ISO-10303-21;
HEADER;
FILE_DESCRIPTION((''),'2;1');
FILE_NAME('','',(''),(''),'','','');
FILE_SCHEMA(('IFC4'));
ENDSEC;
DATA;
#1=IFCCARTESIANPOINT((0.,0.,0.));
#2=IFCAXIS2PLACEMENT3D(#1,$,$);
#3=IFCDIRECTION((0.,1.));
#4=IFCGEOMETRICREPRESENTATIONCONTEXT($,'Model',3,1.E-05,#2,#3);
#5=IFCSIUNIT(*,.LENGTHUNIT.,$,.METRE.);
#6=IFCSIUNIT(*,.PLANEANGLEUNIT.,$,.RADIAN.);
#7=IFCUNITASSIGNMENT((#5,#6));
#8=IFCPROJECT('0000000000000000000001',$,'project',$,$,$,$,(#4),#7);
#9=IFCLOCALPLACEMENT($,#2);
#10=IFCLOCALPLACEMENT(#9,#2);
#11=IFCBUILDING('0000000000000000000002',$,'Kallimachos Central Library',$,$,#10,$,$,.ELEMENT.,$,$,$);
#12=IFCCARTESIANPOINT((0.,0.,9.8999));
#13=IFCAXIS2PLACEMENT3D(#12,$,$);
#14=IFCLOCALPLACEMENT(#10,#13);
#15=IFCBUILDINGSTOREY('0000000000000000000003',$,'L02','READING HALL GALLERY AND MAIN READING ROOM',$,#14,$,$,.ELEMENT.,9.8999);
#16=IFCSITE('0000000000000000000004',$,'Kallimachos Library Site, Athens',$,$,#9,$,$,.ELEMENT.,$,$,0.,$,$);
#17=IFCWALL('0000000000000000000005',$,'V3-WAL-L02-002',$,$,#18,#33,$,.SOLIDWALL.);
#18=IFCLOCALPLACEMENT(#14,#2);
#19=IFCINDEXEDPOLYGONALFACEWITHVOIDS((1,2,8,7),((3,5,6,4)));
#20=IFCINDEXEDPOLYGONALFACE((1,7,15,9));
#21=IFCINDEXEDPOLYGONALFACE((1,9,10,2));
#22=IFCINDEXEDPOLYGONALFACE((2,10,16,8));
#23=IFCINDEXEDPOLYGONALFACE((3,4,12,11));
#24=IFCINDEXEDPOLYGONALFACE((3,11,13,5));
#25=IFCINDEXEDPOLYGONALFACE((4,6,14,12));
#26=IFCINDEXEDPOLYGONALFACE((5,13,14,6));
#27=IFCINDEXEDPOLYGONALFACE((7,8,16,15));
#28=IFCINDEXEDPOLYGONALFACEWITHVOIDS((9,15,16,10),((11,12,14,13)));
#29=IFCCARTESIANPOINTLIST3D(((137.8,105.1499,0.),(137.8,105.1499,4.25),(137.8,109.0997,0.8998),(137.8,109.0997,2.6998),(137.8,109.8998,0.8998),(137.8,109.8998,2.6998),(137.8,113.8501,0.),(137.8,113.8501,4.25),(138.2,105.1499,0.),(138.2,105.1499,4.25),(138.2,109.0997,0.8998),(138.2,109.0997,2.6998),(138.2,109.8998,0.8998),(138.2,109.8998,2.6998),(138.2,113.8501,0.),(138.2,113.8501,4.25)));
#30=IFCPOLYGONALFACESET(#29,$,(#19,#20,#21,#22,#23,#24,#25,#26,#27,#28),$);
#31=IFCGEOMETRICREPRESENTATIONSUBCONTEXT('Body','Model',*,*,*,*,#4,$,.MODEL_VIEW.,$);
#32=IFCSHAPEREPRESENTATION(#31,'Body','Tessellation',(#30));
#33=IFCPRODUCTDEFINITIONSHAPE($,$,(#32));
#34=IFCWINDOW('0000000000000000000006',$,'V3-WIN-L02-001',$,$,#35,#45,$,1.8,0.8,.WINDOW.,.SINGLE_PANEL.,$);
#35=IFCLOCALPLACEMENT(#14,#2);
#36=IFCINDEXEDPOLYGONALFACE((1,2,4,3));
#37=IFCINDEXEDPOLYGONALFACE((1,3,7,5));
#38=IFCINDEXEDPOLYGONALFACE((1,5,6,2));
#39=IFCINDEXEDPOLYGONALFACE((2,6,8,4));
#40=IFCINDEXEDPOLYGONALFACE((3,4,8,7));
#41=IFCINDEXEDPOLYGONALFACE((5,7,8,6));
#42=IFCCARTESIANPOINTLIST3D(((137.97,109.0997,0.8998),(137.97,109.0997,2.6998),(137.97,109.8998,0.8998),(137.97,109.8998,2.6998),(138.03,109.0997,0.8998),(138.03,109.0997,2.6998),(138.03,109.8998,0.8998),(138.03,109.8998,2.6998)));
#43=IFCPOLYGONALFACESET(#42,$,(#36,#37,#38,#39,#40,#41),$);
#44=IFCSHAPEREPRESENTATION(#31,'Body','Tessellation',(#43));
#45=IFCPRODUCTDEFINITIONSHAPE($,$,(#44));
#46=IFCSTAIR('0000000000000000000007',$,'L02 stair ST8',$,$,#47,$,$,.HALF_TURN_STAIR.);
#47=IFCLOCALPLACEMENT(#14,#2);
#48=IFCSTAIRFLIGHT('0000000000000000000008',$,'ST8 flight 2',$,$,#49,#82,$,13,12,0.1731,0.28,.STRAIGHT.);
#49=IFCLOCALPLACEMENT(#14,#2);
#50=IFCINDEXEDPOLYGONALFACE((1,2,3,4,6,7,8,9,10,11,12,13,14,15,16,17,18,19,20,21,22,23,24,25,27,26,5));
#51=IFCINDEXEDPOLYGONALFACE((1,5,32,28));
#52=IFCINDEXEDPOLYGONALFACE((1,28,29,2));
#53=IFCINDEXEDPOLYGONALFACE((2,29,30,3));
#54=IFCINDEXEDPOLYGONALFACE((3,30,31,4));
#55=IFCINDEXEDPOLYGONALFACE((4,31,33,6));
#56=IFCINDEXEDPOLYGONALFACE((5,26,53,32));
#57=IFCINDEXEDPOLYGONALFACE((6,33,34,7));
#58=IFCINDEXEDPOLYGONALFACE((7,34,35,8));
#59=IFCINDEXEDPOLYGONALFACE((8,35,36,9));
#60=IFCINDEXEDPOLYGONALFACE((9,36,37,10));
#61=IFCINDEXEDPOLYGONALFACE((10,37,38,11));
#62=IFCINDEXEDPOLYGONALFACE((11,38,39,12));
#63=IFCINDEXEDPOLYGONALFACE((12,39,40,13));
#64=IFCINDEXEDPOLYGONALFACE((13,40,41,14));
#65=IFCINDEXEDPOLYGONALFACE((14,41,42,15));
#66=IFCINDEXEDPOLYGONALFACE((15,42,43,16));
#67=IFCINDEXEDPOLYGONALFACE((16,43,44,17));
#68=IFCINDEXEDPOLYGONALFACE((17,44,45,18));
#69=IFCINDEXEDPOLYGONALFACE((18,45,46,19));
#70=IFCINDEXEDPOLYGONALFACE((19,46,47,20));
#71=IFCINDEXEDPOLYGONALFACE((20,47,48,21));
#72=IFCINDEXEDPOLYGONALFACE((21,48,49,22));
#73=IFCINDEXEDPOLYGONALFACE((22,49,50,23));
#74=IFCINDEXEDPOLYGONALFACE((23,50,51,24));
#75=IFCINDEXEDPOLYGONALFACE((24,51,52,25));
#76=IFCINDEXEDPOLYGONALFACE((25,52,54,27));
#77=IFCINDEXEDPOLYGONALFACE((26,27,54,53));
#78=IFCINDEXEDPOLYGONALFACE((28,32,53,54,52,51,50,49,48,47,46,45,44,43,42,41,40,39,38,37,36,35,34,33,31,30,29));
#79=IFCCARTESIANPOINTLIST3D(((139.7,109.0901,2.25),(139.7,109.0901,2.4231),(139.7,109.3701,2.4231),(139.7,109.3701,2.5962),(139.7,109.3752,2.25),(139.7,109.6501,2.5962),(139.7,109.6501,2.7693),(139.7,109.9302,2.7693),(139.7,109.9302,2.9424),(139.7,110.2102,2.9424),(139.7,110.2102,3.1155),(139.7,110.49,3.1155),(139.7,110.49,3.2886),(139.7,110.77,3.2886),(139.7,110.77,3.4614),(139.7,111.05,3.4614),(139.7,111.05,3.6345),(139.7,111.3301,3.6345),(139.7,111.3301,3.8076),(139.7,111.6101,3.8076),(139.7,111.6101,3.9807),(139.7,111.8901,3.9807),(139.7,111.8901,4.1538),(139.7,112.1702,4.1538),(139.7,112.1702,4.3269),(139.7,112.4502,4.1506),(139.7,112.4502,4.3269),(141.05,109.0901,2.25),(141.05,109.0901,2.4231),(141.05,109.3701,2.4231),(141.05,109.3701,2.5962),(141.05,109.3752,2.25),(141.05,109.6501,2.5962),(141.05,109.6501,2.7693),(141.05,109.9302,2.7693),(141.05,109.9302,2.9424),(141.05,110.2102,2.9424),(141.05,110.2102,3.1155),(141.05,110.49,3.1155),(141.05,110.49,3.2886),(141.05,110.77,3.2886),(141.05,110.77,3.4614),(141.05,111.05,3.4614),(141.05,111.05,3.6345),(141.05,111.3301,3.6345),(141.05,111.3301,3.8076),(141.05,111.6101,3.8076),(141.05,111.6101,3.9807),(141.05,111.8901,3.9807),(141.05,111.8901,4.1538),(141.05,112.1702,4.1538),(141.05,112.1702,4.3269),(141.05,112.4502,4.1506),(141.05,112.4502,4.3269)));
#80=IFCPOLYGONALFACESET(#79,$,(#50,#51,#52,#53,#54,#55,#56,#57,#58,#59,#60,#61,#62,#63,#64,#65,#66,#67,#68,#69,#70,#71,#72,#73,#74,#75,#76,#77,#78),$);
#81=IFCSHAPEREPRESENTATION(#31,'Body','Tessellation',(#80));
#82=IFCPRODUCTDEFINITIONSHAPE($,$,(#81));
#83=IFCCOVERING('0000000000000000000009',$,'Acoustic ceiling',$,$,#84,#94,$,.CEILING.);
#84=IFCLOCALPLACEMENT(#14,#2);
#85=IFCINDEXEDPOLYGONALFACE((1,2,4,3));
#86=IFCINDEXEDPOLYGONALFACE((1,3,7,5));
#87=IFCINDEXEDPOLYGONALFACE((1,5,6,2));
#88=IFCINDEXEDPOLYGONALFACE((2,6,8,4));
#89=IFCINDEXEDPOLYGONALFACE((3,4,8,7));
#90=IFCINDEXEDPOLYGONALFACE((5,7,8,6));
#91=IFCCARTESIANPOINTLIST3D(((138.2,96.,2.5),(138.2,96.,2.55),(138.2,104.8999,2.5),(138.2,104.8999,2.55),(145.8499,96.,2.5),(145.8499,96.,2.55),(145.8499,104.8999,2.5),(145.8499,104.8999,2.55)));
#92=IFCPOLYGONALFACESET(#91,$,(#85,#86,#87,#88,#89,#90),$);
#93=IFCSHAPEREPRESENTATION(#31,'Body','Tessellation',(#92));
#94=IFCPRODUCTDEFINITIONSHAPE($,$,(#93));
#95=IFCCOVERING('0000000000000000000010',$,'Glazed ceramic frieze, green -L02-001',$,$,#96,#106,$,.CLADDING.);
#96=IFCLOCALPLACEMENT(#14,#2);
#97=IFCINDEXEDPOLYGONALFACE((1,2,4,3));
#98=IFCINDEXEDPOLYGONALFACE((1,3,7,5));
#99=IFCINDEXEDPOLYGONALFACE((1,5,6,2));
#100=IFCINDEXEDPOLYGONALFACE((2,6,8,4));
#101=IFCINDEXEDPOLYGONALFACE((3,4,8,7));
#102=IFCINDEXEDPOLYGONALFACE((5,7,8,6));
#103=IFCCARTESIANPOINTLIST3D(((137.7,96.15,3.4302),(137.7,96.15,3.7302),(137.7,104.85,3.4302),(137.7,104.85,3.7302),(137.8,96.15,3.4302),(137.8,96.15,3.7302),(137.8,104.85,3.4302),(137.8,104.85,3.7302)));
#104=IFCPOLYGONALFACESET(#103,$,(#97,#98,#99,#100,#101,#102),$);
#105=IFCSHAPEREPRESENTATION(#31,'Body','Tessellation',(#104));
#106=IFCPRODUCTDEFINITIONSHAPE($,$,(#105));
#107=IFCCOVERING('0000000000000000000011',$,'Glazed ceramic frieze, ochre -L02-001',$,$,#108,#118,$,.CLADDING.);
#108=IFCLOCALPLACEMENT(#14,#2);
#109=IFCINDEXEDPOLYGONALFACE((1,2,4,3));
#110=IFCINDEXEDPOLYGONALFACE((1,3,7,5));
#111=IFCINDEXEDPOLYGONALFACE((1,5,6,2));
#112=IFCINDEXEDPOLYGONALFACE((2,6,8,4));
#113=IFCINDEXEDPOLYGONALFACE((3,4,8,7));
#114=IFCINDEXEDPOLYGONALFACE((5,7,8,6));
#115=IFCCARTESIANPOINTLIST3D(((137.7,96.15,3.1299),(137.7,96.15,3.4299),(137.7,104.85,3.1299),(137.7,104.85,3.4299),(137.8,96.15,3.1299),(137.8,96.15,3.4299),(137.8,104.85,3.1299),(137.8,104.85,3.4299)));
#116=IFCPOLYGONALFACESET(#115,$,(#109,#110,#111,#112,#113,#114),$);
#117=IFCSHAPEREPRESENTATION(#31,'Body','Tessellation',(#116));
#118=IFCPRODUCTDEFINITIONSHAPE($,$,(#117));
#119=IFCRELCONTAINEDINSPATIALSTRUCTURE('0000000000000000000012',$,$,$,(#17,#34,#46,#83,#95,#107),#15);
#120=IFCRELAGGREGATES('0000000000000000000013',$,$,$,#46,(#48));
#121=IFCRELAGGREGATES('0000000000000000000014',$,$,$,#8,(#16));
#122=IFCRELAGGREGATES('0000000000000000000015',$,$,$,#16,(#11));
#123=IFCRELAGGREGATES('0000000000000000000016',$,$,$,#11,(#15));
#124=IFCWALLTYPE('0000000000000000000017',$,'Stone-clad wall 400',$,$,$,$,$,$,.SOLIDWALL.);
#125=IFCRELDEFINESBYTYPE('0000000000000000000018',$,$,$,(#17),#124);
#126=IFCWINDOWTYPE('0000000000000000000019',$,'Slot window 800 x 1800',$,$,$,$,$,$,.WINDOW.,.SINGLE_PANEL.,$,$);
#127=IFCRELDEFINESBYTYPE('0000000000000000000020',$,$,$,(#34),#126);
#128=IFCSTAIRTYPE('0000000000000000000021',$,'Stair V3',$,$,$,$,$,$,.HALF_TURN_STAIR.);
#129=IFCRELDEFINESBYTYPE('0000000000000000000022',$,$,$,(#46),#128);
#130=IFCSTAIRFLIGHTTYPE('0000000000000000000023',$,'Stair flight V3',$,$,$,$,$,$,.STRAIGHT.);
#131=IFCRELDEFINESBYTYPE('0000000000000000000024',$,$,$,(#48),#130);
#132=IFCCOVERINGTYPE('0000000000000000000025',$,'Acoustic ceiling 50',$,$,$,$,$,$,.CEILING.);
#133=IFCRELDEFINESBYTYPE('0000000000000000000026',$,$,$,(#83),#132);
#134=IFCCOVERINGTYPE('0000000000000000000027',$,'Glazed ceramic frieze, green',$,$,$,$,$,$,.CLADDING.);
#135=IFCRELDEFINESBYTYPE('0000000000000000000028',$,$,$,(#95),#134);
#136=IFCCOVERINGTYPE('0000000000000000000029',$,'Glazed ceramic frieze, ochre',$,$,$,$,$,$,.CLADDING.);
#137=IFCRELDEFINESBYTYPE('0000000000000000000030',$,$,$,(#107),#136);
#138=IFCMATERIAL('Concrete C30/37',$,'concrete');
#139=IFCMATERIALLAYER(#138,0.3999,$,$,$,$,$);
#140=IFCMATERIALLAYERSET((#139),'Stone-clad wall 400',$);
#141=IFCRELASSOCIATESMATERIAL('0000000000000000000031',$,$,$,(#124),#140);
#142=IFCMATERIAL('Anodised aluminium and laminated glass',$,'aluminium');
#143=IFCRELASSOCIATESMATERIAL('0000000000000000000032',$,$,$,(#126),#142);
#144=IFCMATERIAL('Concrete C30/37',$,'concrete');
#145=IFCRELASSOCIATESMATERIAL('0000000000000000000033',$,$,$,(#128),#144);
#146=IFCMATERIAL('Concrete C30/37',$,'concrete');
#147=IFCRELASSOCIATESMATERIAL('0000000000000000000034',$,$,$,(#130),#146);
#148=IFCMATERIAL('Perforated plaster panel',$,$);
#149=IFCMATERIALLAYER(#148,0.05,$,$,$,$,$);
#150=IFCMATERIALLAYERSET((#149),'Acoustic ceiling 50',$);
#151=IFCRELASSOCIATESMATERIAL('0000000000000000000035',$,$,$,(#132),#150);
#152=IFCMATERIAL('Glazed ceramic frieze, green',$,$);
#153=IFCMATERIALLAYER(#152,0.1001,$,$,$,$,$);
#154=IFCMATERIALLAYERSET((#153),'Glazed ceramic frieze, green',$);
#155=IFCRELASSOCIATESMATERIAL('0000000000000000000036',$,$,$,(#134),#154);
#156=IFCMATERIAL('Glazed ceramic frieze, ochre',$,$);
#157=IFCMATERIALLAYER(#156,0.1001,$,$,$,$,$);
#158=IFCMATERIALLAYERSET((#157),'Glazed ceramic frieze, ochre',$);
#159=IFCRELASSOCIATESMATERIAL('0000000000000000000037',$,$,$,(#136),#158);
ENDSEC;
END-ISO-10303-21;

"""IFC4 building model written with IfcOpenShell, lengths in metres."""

from ifc_helpers import new_model, si_unit, direction, frame, frame_2d, origin, origin_2d, place, context, subcontext, project, spatial, polyline, rectangle, outline, extrude, material, layer, layer_set, type_object, element, fill, aggregate, save


model = new_model("IFC4")

# Units and contexts
model_context = context("Model", 3, precision=1e-05, world=origin(), true_north=direction((0.0, 1.0)))
body_context = subcontext(model_context, "Body", "Model", "MODEL_VIEW")
ifc_project = project(units=[si_unit("LENGTHUNIT", "METRE"), si_unit("PLANEANGLEUNIT", "RADIAN")], contexts=[model_context])

# Site, building, storey
site_placement = place(None, origin())
site = spatial("IfcSite", under=ifc_project, at=site_placement, Name="Kallimachos Library Site, Athens", CompositionType="ELEMENT", RefElevation=0.0)
building_placement = place(site_placement, origin())
building = spatial("IfcBuilding", under=site, at=building_placement, Name="Kallimachos Central Library", CompositionType="ELEMENT")
storey_placement = place(building_placement, frame((0.0, 0.0, 9.8999)))
storey = spatial("IfcBuildingStorey", under=building, at=storey_placement, Name="L02", Description="READING HALL GALLERY AND MAIN READING ROOM", CompositionType="ELEMENT", Elevation=9.8999)

# Wall, opening, window
ifc_material_1 = material(Name="Concrete C30/37", Category="concrete")
ifc_layer_1 = layer(ifc_material_1, 0.3999)
ifc_layer_set_1 = layer_set([ifc_layer_1], Name="Stone-clad wall 400")
wall_type_1 = type_object("IfcWallType", Name="Stone-clad wall 400", PredefinedType="SOLIDWALL", material=ifc_layer_set_1)
wall_1_placement = place(storey_placement, frame((138.0, 105.1499, 0.0), z_axis=(0.0, 0.0, 1.0), x_axis=(0.0, 1.0, 0.0)))
wall_1 = element("IfcWall", 1, at=wall_1_placement, inside=storey, type_object=wall_type_1, Name="V3-WAL-L02-002", PredefinedType="SOLIDWALL", context=body_context, shape_type="SweptSolid", body=[
    extrude(rectangle(XDim=8.7002, YDim=0.3999, at=frame_2d((4.3501, 0.0))), origin(), (0.0, 0.0, 1.0), 4.25),
])
opening_1_placement = place(wall_1_placement, frame((3.95, 0.0, 0.8999)))
opening_1 = element("IfcOpeningElement", 2, at=opening_1_placement, cuts=wall_1, PredefinedType="OPENING", context=body_context, shape_type="SweptSolid", body=[
    extrude(rectangle(XDim=0.8, YDim=1.8, at=frame_2d((0.3999, 0.8999))), frame((0.0, 0.21, 0.0), z_axis=(0.0, -1.0, 0.0), x_axis=(1.0, 0.0, 0.0)), (0.0, 0.0, 1.0), 0.4199),
])
ifc_material_2 = material(Name="Anodised aluminium and laminated glass", Category="aluminium")
window_type = type_object("IfcWindowType", Name="Slot window 800 x 1800", PartitioningType="SINGLE_PANEL", PredefinedType="WINDOW", material=ifc_material_2)
window_placement = place(opening_1_placement, origin())
window = element("IfcWindow", 3, at=window_placement, inside=storey, type_object=window_type, Name="V3-WIN-L02-001", OverallHeight=1.8, OverallWidth=0.8, PartitioningType="SINGLE_PANEL", PredefinedType="WINDOW", context=body_context, shape_type="SweptSolid", body=[
    extrude(rectangle(XDim=0.8, YDim=1.8, at=frame_2d((0.3999, 0.8999))), frame((0.0, 0.03, 0.0), z_axis=(0.0, -1.0, 0.0), x_axis=(1.0, 0.0, 0.0)), (0.0, 0.0, 1.0), 0.0601),
])
fill(opening_1, window)

# Stair, stair flight
ifc_material_3 = material(Name="Concrete C30/37", Category="concrete")
stair_type = type_object("IfcStairType", Name="Stair V3", PredefinedType="HALF_TURN_STAIR", material=ifc_material_3)
stair_placement = place(storey_placement, origin())
stair = element("IfcStair", 4, at=stair_placement, inside=storey, type_object=stair_type, Name="L02 stair ST8", PredefinedType="HALF_TURN_STAIR")
ifc_material_4 = material(Name="Concrete C30/37", Category="concrete")
stair_flight_type = type_object("IfcStairFlightType", Name="Stair flight V3", PredefinedType="STRAIGHT", material=ifc_material_4)
stair_flight_placement = place(storey_placement, frame((140.375, 109.0901, 2.25), z_axis=(0.0, 0.0, 1.0), x_axis=(0.0, 1.0, 0.0)))
stair_flight = element("IfcStairFlight", 5, at=stair_flight_placement, type_object=stair_flight_type, Name="ST8 flight 2", NumberOfRisers=13, NumberOfTreads=12, PredefinedType="STRAIGHT", RiserHeight=0.1731, TreadLength=0.28, context=body_context, shape_type="SweptSolid", body=[
    extrude(outline(polyline([(0.0, 0.0), (0.0, 0.1731), (0.28, 0.1731), (0.28, 0.3462), (0.5601, 0.3462), (0.5601, 0.5193), (0.8401, 0.5193), (0.8401, 0.6924), (1.1201, 0.6924), (1.1201, 0.8655), (1.3999, 0.8655), (1.3999, 1.0386), (1.6799, 1.0386), (1.6799, 1.2114), (1.96, 1.2114), (1.96, 1.3845), (2.24, 1.3845), (2.24, 1.5576), (2.52, 1.5576), (2.52, 1.7307), (2.8, 1.7307), (2.8, 1.9038), (3.0801, 1.9038), (3.0801, 2.0769), (3.3601, 2.0769), (3.3601, 2.25), (3.3601, 1.9006), (0.2852, 0.0), (0.0, 0.0)])), frame((0.0, 0.675, 0.0), z_axis=(0.0, -1.0, 0.0), x_axis=(1.0, 0.0, 0.0)), (0.0, 0.0, 1.0), 1.3501),
])
aggregate(stair, [stair_flight])

# Covering
ifc_material_5 = material(Name="Perforated plaster panel")
ifc_layer_2 = layer(ifc_material_5, 0.05)
ifc_layer_set_2 = layer_set([ifc_layer_2], Name="Acoustic ceiling 50")
covering_type_1 = type_object("IfcCoveringType", Name="Acoustic ceiling 50", PredefinedType="CEILING", material=ifc_layer_set_2)
covering_1_placement = place(storey_placement, frame((142.0249, 100.45, 2.5), z_axis=(0.0, 0.0, 1.0), x_axis=(1.0, 0.0, 0.0)))
element("IfcCovering", 6, at=covering_1_placement, inside=storey, type_object=covering_type_1, Name="Acoustic ceiling", PredefinedType="CEILING", context=body_context, shape_type="SweptSolid", body=[
    extrude(rectangle(XDim=7.6499, YDim=8.8999, at=origin_2d()), origin(), (0.0, 0.0, 1.0), 0.05),
])

# Coverings
ifc_material_6 = material(Name="Glazed ceramic frieze, green")
ifc_layer_3 = layer(ifc_material_6, 0.1001)
ifc_layer_set_3 = layer_set([ifc_layer_3], Name="Glazed ceramic frieze, green")
covering_type_2 = type_object("IfcCoveringType", Name="Glazed ceramic frieze, green", PredefinedType="CLADDING", material=ifc_layer_set_3)
covering_2_placement = place(storey_placement, frame((137.75, 100.5, 3.4302), z_axis=(0.0, 0.0, 1.0), x_axis=(1.0, 0.0, 0.0)))
element("IfcCovering", 7, at=covering_2_placement, inside=storey, type_object=covering_type_2, Name="Glazed ceramic frieze, green -L02-001", PredefinedType="CLADDING", context=body_context, shape_type="SweptSolid", body=[
    extrude(rectangle(XDim=0.1001, YDim=8.7, at=origin_2d()), origin(), (0.0, 0.0, 1.0), 0.3),
])
ifc_material_7 = material(Name="Glazed ceramic frieze, ochre")
ifc_layer_4 = layer(ifc_material_7, 0.1001)
ifc_layer_set_4 = layer_set([ifc_layer_4], Name="Glazed ceramic frieze, ochre")
covering_type_3 = type_object("IfcCoveringType", Name="Glazed ceramic frieze, ochre", PredefinedType="CLADDING", material=ifc_layer_set_4)
covering_3_placement = place(storey_placement, frame((137.75, 100.5, 3.1299), z_axis=(0.0, 0.0, 1.0), x_axis=(1.0, 0.0, 0.0)))
element("IfcCovering", 8, at=covering_3_placement, inside=storey, type_object=covering_type_3, Name="Glazed ceramic frieze, ochre -L02-001", PredefinedType="CLADDING", context=body_context, shape_type="SweptSolid", body=[
    extrude(rectangle(XDim=0.1001, YDim=8.7, at=origin_2d()), origin(), (0.0, 0.0, 1.0), 0.3),
])

save(model, "model.ifc")
